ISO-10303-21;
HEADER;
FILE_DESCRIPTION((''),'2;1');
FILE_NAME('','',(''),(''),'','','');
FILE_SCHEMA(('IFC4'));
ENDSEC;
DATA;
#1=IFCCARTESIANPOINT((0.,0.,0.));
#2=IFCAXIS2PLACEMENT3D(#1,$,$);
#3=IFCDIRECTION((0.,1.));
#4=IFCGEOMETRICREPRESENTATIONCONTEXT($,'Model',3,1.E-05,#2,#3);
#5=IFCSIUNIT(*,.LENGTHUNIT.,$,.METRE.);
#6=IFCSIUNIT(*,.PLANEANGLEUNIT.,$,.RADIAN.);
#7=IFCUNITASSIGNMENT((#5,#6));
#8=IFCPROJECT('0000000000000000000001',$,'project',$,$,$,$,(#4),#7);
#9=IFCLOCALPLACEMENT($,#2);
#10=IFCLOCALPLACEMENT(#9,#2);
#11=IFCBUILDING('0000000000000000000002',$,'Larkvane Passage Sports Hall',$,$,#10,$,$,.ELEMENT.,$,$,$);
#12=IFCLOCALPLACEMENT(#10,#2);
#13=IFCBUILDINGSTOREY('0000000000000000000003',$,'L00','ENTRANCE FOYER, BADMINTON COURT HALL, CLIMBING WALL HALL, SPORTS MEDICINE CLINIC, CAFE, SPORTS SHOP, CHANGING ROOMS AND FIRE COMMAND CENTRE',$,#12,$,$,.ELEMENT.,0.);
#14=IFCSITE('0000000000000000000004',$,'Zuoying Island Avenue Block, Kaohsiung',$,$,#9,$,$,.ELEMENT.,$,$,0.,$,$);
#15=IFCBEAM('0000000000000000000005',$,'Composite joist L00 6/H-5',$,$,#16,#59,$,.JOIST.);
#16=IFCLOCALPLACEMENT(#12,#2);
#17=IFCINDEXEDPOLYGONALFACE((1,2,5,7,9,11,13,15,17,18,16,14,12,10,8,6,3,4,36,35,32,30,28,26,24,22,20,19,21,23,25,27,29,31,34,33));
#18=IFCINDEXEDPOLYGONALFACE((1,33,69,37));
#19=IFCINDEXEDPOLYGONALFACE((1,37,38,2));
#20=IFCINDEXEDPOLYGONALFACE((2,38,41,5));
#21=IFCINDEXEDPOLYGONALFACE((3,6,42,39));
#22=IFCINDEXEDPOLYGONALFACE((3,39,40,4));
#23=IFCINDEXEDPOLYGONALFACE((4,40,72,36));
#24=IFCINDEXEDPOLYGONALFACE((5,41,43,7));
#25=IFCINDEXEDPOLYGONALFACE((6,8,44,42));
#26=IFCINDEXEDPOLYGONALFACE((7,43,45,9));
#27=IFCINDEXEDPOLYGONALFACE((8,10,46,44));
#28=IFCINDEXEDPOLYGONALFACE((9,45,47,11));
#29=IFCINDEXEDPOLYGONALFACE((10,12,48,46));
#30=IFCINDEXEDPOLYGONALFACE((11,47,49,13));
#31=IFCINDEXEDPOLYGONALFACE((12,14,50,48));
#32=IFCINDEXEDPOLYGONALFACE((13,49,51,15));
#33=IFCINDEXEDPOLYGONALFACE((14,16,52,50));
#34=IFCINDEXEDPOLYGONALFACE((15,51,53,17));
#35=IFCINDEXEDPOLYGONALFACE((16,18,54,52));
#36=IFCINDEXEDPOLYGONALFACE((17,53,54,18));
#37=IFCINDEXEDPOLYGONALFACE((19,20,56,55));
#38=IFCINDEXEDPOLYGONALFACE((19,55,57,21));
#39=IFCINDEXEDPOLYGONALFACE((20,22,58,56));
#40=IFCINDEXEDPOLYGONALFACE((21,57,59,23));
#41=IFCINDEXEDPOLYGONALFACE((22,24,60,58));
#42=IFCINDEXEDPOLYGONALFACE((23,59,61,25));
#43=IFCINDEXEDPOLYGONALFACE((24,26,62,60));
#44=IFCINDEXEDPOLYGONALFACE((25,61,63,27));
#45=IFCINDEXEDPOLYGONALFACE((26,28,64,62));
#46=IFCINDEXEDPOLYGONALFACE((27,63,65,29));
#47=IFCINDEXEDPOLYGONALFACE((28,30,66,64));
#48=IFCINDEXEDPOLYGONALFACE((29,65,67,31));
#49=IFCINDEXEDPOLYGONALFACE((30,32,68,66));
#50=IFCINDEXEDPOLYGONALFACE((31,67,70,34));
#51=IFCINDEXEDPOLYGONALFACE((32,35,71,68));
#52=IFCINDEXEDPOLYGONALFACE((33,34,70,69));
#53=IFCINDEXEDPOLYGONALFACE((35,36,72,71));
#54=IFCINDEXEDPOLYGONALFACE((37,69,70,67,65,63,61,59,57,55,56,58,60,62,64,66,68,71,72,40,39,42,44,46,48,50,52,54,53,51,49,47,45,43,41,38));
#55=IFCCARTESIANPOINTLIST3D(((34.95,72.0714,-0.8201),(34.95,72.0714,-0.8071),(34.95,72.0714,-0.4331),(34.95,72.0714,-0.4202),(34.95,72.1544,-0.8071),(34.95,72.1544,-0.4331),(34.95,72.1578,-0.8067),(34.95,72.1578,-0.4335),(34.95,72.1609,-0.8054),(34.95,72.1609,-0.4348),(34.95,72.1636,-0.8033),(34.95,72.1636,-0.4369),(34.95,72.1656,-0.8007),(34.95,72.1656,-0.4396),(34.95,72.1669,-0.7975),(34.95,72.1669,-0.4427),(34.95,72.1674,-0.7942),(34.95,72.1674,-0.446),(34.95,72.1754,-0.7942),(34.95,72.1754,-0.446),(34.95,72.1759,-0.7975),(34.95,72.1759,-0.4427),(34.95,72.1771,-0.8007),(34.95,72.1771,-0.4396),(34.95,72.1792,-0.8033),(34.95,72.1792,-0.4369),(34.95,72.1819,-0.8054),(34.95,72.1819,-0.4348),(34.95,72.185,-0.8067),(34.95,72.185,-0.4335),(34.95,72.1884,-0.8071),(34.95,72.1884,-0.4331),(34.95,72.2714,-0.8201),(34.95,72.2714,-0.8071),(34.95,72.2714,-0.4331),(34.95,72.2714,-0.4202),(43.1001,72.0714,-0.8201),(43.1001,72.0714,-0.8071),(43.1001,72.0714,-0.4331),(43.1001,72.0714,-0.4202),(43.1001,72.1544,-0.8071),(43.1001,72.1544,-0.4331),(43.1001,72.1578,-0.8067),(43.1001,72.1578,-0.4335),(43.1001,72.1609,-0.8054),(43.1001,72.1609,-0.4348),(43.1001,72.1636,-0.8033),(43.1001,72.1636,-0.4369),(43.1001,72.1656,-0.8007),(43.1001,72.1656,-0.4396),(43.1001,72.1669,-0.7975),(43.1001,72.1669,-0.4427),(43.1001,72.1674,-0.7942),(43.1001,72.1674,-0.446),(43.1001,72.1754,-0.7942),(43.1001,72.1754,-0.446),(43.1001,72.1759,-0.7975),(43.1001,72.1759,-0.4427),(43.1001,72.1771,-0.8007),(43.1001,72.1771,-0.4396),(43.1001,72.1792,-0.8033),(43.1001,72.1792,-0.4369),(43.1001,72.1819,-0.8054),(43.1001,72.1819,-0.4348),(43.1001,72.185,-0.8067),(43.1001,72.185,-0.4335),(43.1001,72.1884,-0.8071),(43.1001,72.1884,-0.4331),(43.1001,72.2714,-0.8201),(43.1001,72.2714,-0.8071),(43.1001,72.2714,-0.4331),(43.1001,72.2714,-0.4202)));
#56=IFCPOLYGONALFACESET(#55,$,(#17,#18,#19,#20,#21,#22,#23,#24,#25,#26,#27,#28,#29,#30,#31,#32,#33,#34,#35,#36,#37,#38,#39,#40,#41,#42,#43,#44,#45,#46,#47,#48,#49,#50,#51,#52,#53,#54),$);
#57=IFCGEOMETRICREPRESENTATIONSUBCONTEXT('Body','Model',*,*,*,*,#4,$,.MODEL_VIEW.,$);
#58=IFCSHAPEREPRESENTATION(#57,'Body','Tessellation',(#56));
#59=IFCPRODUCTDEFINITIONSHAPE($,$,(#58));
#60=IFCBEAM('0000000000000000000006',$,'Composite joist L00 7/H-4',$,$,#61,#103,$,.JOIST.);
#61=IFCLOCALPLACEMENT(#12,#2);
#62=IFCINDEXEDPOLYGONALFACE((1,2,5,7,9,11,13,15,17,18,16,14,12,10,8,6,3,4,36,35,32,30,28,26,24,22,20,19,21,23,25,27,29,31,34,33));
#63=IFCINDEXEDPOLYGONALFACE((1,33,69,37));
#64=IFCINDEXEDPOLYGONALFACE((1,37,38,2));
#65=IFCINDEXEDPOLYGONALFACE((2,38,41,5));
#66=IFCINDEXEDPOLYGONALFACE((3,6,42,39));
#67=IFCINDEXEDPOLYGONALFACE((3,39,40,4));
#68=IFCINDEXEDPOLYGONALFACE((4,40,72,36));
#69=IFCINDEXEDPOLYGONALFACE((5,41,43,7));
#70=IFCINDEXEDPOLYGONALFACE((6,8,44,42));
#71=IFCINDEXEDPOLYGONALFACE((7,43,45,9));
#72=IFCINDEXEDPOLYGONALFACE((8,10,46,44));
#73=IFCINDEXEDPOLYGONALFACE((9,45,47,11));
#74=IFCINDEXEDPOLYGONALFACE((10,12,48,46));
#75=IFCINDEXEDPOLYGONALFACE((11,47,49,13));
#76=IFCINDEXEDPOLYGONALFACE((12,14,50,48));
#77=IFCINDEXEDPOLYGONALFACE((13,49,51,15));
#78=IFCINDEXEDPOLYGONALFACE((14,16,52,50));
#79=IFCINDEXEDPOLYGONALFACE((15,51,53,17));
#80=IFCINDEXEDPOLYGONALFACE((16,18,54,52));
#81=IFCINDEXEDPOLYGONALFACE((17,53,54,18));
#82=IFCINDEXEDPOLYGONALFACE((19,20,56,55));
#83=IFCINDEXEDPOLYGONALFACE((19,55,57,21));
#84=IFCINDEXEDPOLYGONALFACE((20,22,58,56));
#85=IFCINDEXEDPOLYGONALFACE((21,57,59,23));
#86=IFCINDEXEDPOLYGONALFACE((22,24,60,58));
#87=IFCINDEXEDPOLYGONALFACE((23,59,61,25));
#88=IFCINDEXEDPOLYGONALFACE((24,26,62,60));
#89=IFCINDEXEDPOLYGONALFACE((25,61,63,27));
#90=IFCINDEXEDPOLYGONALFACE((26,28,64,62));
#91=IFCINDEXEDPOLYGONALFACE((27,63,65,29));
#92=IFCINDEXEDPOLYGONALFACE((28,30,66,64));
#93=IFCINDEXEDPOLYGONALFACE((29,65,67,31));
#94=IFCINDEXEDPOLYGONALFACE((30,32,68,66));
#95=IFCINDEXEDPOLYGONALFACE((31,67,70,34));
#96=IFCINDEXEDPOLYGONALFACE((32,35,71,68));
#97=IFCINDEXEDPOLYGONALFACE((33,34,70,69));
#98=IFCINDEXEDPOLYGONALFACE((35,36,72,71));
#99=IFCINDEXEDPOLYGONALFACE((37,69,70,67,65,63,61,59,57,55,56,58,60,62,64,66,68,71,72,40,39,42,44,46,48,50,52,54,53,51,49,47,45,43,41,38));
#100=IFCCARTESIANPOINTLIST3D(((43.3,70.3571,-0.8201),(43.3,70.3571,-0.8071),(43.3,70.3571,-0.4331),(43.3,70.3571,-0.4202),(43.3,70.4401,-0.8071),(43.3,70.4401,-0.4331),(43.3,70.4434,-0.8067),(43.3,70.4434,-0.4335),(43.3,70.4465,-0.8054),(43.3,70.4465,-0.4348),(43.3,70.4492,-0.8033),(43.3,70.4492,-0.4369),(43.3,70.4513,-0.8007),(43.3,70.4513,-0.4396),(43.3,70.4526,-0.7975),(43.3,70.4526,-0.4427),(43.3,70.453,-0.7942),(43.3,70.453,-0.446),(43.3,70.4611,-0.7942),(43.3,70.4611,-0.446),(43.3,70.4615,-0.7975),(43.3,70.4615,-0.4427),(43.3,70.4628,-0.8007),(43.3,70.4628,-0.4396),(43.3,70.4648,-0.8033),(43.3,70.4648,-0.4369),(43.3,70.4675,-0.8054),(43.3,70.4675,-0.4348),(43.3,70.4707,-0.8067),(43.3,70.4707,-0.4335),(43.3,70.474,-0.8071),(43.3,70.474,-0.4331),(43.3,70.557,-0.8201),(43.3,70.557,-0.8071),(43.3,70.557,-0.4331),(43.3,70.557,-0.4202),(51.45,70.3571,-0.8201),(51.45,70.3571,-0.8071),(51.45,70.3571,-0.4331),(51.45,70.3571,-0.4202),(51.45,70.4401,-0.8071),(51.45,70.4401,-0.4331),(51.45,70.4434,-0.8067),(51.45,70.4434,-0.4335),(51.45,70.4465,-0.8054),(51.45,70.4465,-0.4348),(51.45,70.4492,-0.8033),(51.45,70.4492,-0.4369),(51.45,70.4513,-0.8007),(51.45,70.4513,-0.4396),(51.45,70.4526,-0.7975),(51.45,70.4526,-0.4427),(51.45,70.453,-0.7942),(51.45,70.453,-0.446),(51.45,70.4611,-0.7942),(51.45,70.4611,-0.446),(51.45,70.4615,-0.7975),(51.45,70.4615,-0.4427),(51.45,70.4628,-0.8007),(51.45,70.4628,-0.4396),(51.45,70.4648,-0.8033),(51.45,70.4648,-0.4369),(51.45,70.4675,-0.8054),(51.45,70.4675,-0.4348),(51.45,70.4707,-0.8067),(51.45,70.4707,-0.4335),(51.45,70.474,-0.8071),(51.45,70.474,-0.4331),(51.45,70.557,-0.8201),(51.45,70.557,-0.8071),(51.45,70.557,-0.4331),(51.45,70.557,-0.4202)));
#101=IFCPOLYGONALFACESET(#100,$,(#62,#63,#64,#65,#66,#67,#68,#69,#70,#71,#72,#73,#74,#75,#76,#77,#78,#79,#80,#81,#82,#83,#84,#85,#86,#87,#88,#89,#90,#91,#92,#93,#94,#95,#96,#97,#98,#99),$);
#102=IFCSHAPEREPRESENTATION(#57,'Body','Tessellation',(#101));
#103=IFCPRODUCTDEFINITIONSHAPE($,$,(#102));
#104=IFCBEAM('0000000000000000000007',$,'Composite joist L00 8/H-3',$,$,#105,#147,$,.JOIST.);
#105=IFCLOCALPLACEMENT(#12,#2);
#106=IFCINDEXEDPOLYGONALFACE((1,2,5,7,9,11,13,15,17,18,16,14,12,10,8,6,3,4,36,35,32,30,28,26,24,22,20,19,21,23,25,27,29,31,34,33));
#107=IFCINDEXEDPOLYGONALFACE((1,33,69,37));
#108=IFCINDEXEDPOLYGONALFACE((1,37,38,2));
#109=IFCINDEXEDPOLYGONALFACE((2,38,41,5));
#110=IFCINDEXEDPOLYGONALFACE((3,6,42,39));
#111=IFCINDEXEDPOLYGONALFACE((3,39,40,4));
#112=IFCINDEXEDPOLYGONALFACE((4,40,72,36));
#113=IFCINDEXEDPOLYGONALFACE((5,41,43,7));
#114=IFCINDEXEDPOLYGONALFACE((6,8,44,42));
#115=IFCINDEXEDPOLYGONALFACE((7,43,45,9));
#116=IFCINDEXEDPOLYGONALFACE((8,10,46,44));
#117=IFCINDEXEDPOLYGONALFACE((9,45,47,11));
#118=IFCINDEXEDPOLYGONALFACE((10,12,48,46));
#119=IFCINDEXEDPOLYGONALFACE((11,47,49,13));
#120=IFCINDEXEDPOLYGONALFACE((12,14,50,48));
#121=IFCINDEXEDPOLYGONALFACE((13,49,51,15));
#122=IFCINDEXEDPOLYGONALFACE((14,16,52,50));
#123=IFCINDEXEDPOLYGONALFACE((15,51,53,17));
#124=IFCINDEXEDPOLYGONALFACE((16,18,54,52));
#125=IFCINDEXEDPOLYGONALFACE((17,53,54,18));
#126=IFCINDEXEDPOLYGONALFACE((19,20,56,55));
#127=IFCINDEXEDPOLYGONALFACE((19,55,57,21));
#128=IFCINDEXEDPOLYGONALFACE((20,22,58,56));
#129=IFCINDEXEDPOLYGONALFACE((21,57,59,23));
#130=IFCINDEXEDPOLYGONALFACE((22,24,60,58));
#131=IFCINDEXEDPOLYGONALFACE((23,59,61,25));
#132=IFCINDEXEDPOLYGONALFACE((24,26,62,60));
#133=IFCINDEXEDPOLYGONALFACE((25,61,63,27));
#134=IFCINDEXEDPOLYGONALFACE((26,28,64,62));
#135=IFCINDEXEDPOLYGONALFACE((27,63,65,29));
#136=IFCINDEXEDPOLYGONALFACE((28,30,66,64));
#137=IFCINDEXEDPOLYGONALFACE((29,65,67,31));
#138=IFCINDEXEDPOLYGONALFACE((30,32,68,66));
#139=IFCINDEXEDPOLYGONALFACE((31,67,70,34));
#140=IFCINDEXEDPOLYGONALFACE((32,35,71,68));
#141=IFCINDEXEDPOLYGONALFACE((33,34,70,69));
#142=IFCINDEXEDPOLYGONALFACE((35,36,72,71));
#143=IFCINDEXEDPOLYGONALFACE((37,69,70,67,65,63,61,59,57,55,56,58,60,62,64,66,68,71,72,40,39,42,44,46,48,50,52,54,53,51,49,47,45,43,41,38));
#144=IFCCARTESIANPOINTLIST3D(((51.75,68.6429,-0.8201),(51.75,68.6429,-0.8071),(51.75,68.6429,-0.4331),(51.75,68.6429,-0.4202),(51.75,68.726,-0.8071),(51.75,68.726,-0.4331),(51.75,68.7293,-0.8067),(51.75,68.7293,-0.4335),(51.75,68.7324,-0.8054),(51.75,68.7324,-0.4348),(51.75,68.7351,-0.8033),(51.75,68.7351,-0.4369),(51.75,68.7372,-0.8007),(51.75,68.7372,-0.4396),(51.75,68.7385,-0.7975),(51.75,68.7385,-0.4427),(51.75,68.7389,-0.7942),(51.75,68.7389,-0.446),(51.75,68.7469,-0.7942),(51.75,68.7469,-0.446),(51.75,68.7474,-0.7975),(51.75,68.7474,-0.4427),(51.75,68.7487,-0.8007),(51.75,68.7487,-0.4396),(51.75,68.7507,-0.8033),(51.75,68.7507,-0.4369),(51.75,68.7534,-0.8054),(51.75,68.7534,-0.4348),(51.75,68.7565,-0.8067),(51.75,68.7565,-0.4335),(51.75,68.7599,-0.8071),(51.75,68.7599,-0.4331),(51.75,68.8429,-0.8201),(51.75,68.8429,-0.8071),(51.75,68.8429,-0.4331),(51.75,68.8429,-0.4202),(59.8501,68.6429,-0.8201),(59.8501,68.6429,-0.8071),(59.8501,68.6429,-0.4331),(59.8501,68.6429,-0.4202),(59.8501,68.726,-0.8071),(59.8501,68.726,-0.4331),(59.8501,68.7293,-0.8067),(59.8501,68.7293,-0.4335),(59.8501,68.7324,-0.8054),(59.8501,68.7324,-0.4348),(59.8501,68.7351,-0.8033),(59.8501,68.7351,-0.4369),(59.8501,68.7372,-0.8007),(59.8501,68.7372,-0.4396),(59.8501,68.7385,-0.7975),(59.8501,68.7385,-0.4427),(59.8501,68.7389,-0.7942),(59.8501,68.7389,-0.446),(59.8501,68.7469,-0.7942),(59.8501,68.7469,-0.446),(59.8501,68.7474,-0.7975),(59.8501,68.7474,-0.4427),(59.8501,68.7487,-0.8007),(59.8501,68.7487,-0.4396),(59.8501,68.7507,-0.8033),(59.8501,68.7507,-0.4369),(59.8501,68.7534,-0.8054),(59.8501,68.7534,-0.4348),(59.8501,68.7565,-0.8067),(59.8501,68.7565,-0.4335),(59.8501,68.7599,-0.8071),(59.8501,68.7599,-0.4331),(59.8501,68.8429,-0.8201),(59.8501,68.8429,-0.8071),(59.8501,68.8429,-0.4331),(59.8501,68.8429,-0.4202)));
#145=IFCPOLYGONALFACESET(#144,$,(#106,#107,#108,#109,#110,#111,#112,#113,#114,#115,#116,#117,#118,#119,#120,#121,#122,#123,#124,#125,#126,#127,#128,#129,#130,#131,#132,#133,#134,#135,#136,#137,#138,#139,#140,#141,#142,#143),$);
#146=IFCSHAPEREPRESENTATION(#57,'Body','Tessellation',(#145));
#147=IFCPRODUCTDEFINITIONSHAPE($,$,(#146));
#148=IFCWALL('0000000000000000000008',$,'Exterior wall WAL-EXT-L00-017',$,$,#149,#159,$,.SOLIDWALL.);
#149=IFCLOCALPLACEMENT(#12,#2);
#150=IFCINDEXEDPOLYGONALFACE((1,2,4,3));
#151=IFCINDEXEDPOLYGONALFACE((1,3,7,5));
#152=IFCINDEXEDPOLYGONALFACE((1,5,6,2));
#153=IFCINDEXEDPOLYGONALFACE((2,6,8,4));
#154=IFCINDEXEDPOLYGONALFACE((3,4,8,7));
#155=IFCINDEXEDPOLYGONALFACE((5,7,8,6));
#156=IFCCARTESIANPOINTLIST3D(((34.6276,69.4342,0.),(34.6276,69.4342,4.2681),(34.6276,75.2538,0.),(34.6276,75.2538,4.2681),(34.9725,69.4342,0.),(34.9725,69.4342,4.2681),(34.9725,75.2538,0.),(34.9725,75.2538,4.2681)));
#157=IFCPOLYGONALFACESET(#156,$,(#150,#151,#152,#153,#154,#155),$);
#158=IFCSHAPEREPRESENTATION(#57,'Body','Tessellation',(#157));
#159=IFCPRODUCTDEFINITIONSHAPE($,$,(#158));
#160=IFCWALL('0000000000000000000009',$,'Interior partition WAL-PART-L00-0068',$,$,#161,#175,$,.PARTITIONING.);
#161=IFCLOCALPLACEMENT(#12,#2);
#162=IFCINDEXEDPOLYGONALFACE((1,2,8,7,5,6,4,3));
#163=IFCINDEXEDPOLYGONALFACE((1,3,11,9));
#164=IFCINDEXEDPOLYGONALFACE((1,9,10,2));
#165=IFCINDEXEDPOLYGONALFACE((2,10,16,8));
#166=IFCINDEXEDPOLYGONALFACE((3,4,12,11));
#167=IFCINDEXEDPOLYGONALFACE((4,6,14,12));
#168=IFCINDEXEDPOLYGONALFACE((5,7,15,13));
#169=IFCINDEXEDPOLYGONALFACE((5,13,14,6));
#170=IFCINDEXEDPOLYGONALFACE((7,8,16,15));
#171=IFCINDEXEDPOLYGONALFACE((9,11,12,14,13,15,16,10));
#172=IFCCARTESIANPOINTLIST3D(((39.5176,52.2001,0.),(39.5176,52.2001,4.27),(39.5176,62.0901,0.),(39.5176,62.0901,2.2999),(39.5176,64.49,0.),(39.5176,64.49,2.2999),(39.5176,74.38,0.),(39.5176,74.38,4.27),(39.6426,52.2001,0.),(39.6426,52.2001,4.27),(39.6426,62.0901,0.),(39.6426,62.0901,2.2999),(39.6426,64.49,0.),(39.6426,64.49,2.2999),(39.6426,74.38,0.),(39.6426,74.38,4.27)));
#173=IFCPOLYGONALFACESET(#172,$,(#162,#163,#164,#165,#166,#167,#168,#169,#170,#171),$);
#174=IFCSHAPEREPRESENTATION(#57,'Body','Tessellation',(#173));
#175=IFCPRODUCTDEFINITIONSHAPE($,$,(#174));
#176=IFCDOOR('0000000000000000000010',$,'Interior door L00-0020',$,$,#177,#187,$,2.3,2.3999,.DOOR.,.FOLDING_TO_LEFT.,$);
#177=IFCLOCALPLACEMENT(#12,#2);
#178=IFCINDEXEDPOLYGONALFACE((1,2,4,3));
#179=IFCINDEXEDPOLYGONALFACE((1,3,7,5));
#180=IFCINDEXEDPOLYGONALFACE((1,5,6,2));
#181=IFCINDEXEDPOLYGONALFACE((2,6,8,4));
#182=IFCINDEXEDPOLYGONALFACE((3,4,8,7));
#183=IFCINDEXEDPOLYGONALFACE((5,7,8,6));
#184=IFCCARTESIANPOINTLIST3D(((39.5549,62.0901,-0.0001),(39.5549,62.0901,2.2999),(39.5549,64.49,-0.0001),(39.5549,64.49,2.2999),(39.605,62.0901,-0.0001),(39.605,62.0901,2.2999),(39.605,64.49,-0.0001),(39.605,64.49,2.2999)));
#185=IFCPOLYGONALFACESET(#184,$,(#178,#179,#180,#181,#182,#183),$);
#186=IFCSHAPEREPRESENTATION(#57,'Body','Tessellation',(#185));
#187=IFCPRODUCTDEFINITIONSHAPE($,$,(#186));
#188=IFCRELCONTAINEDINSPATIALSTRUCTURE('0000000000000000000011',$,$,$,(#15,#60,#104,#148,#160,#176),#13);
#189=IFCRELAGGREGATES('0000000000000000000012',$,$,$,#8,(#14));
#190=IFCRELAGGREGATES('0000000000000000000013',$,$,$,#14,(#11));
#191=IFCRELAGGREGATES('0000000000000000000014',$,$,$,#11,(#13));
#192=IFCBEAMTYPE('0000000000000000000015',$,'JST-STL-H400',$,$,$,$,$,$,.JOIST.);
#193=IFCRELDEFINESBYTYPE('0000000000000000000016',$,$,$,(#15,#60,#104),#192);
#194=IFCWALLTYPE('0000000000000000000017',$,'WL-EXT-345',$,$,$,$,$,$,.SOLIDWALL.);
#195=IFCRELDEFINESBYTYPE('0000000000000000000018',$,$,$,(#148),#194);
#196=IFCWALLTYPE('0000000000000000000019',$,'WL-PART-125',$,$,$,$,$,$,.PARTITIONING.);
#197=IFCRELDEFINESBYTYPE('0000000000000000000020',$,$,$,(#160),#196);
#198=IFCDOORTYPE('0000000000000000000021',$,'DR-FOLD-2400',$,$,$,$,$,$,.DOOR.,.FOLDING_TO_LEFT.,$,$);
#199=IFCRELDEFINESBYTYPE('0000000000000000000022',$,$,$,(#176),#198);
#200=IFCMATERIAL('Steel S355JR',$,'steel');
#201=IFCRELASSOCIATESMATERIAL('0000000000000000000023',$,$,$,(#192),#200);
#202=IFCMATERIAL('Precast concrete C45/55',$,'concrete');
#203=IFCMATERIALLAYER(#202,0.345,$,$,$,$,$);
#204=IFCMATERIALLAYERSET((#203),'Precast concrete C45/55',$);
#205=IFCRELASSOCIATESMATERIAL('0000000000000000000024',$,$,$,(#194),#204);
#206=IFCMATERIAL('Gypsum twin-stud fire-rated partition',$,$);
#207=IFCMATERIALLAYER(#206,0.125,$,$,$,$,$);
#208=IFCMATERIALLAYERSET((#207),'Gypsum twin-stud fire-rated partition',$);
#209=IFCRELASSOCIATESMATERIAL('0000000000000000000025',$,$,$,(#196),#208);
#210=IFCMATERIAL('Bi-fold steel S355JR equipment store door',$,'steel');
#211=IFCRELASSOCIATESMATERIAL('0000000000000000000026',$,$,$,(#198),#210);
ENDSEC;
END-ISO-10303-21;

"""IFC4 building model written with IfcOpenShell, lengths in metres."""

from ifc_helpers import new_model, si_unit, direction, frame, frame_2d, origin, origin_2d, place, context, subcontext, project, spatial, rectangle, i_section, extrude, material, layer, layer_set, material_profile, profile_set, type_object, element, fill, save


model = new_model("IFC4")

# Units and contexts
model_context = context("Model", 3, precision=1e-05, world=origin(), true_north=direction((0.0, 1.0)))
body_context = subcontext(model_context, "Body", "Model", "MODEL_VIEW")
ifc_project = project(units=[si_unit("LENGTHUNIT", "METRE"), si_unit("PLANEANGLEUNIT", "RADIAN")], contexts=[model_context])

# Site, building, storey
site_placement = place(None, origin())
site = spatial("IfcSite", under=ifc_project, at=site_placement, Name="Zuoying Island Avenue Block, Kaohsiung", CompositionType="ELEMENT", RefElevation=0.0)
building_placement = place(site_placement, origin())
building = spatial("IfcBuilding", under=site, at=building_placement, Name="Larkvane Passage Sports Hall", CompositionType="ELEMENT")
storey_placement = place(building_placement, origin())
storey = spatial("IfcBuildingStorey", under=building, at=storey_placement, Name="L00", Description="ENTRANCE FOYER, BADMINTON COURT HALL, CLIMBING WALL HALL, SPORTS MEDICINE CLINIC, CAFE, SPORTS SHOP, CHANGING ROOMS AND FIRE COMMAND CENTRE", CompositionType="ELEMENT", Elevation=0.0)

# Beams
ifc_material_1 = material(Name="Steel S355JR", Category="steel")
ifc_material_profile_1 = material_profile(ifc_material_1, i_section(OverallWidth=0.2, OverallDepth=0.3999, WebThickness=0.0081, FlangeThickness=0.0129, FilletRadius=0.0129, at=origin_2d()), Name="H-400x200x8x13")
ifc_profile_set_1 = profile_set([ifc_material_profile_1], Name="Steel S355JR")
beam_type_1 = type_object("IfcBeamType", Name="JST-STL-H400", PredefinedType="JOIST", material=ifc_profile_set_1)
beam_1_placement = place(storey_placement, frame((34.95, 72.1714, -0.6201), z_axis=(1.0, 0.0, 0.0), x_axis=(0.0, 1.0, 0.0)))
element("IfcBeam", 1, at=beam_1_placement, inside=storey, type_object=beam_type_1, Name="Composite joist L00 6/H-5", PredefinedType="JOIST", context=body_context, shape_type="SweptSolid", body=[
    extrude(i_section(OverallWidth=0.2, OverallDepth=0.3999, WebThickness=0.0081, FlangeThickness=0.0129, FilletRadius=0.0129, at=origin_2d()), origin(), (0.0, 0.0, 1.0), 8.1501),
])
beam_2_placement = place(storey_placement, frame((43.3, 70.457, -0.6201), z_axis=(1.0, 0.0, 0.0), x_axis=(0.0, 1.0, 0.0)))
element("IfcBeam", 2, at=beam_2_placement, inside=storey, type_object=beam_type_1, Name="Composite joist L00 7/H-4", PredefinedType="JOIST", context=body_context, shape_type="SweptSolid", body=[
    extrude(i_section(OverallWidth=0.2, OverallDepth=0.3999, WebThickness=0.0081, FlangeThickness=0.0129, FilletRadius=0.0129, at=origin_2d()), origin(), (0.0, 0.0, 1.0), 8.1499),
])
beam_3_placement = place(storey_placement, frame((51.75, 68.7429, -0.6201), z_axis=(1.0, 0.0, 0.0), x_axis=(0.0, 1.0, 0.0)))
element("IfcBeam", 3, at=beam_3_placement, inside=storey, type_object=beam_type_1, Name="Composite joist L00 8/H-3", PredefinedType="JOIST", context=body_context, shape_type="SweptSolid", body=[
    extrude(i_section(OverallWidth=0.2, OverallDepth=0.3999, WebThickness=0.0081, FlangeThickness=0.0129, FilletRadius=0.0129, at=origin_2d()), origin(), (0.0, 0.0, 1.0), 8.1001),
])

# Wall
ifc_material_2 = material(Name="Precast concrete C45/55", Category="concrete")
ifc_layer_1 = layer(ifc_material_2, 0.345)
ifc_layer_set_1 = layer_set([ifc_layer_1], Name="Precast concrete C45/55")
wall_type_1 = type_object("IfcWallType", Name="WL-EXT-345", PredefinedType="SOLIDWALL", material=ifc_layer_set_1)
wall_1_placement = place(storey_placement, frame((34.8, 69.4343, 0.0), z_axis=(0.0, 0.0, 1.0), x_axis=(0.0, 1.0, 0.0)))
element("IfcWall", 4, at=wall_1_placement, inside=storey, type_object=wall_type_1, Name="Exterior wall WAL-EXT-L00-017", PredefinedType="SOLIDWALL", context=body_context, shape_type="SweptSolid", body=[
    extrude(rectangle(XDim=5.8196, YDim=0.345, at=frame_2d((2.9097, 0.0))), origin(), (0.0, 0.0, 1.0), 4.2681),
])

# Wall, opening, door
ifc_material_3 = material(Name="Gypsum twin-stud fire-rated partition")
ifc_layer_2 = layer(ifc_material_3, 0.125)
ifc_layer_set_2 = layer_set([ifc_layer_2], Name="Gypsum twin-stud fire-rated partition")
wall_type_2 = type_object("IfcWallType", Name="WL-PART-125", PredefinedType="PARTITIONING", material=ifc_layer_set_2)
wall_2_placement = place(storey_placement, frame((39.5801, 74.3799, 0.0), z_axis=(0.0, 0.0, 1.0), x_axis=(0.0, -1.0, 0.0)))
wall_2 = element("IfcWall", 5, at=wall_2_placement, inside=storey, type_object=wall_type_2, Name="Interior partition WAL-PART-L00-0068", PredefinedType="PARTITIONING", context=body_context, shape_type="SweptSolid", body=[
    extrude(rectangle(XDim=22.1799, YDim=0.125, at=frame_2d((11.0898, 0.0))), origin(), (0.0, 0.0, 1.0), 4.27),
])
opening_placement = place(wall_2_placement, frame((9.8899, 0.0, 0.0)))
opening = element("IfcOpeningElement", 6, at=opening_placement, cuts=wall_2, PredefinedType="OPENING", context=body_context, shape_type="SweptSolid", body=[
    extrude(rectangle(XDim=2.3999, YDim=2.3, at=frame_2d((1.2, 1.1499))), frame((0.0, 0.0725, 0.0), z_axis=(0.0, -1.0, 0.0), x_axis=(1.0, 0.0, 0.0)), (0.0, 0.0, 1.0), 0.145),
])
ifc_material_4 = material(Name="Bi-fold steel S355JR equipment store door", Category="steel")
door_type = type_object("IfcDoorType", Name="DR-FOLD-2400", OperationType="FOLDING_TO_LEFT", PredefinedType="DOOR", material=ifc_material_4)
door_placement = place(opening_placement, origin())
door = element("IfcDoor", 7, at=door_placement, inside=storey, type_object=door_type, Name="Interior door L00-0020", OperationType="FOLDING_TO_LEFT", OverallHeight=2.3, OverallWidth=2.3999, PredefinedType="DOOR", context=body_context, shape_type="SweptSolid", body=[
    extrude(rectangle(XDim=2.3999, YDim=2.3, at=frame_2d((1.2, 1.1499))), frame((0.0, 0.0249, 0.0), z_axis=(0.0, -1.0, 0.0), x_axis=(1.0, 0.0, 0.0)), (0.0, 0.0, 1.0), 0.05),
])
fill(opening, door)

save(model, "model.ifc")
